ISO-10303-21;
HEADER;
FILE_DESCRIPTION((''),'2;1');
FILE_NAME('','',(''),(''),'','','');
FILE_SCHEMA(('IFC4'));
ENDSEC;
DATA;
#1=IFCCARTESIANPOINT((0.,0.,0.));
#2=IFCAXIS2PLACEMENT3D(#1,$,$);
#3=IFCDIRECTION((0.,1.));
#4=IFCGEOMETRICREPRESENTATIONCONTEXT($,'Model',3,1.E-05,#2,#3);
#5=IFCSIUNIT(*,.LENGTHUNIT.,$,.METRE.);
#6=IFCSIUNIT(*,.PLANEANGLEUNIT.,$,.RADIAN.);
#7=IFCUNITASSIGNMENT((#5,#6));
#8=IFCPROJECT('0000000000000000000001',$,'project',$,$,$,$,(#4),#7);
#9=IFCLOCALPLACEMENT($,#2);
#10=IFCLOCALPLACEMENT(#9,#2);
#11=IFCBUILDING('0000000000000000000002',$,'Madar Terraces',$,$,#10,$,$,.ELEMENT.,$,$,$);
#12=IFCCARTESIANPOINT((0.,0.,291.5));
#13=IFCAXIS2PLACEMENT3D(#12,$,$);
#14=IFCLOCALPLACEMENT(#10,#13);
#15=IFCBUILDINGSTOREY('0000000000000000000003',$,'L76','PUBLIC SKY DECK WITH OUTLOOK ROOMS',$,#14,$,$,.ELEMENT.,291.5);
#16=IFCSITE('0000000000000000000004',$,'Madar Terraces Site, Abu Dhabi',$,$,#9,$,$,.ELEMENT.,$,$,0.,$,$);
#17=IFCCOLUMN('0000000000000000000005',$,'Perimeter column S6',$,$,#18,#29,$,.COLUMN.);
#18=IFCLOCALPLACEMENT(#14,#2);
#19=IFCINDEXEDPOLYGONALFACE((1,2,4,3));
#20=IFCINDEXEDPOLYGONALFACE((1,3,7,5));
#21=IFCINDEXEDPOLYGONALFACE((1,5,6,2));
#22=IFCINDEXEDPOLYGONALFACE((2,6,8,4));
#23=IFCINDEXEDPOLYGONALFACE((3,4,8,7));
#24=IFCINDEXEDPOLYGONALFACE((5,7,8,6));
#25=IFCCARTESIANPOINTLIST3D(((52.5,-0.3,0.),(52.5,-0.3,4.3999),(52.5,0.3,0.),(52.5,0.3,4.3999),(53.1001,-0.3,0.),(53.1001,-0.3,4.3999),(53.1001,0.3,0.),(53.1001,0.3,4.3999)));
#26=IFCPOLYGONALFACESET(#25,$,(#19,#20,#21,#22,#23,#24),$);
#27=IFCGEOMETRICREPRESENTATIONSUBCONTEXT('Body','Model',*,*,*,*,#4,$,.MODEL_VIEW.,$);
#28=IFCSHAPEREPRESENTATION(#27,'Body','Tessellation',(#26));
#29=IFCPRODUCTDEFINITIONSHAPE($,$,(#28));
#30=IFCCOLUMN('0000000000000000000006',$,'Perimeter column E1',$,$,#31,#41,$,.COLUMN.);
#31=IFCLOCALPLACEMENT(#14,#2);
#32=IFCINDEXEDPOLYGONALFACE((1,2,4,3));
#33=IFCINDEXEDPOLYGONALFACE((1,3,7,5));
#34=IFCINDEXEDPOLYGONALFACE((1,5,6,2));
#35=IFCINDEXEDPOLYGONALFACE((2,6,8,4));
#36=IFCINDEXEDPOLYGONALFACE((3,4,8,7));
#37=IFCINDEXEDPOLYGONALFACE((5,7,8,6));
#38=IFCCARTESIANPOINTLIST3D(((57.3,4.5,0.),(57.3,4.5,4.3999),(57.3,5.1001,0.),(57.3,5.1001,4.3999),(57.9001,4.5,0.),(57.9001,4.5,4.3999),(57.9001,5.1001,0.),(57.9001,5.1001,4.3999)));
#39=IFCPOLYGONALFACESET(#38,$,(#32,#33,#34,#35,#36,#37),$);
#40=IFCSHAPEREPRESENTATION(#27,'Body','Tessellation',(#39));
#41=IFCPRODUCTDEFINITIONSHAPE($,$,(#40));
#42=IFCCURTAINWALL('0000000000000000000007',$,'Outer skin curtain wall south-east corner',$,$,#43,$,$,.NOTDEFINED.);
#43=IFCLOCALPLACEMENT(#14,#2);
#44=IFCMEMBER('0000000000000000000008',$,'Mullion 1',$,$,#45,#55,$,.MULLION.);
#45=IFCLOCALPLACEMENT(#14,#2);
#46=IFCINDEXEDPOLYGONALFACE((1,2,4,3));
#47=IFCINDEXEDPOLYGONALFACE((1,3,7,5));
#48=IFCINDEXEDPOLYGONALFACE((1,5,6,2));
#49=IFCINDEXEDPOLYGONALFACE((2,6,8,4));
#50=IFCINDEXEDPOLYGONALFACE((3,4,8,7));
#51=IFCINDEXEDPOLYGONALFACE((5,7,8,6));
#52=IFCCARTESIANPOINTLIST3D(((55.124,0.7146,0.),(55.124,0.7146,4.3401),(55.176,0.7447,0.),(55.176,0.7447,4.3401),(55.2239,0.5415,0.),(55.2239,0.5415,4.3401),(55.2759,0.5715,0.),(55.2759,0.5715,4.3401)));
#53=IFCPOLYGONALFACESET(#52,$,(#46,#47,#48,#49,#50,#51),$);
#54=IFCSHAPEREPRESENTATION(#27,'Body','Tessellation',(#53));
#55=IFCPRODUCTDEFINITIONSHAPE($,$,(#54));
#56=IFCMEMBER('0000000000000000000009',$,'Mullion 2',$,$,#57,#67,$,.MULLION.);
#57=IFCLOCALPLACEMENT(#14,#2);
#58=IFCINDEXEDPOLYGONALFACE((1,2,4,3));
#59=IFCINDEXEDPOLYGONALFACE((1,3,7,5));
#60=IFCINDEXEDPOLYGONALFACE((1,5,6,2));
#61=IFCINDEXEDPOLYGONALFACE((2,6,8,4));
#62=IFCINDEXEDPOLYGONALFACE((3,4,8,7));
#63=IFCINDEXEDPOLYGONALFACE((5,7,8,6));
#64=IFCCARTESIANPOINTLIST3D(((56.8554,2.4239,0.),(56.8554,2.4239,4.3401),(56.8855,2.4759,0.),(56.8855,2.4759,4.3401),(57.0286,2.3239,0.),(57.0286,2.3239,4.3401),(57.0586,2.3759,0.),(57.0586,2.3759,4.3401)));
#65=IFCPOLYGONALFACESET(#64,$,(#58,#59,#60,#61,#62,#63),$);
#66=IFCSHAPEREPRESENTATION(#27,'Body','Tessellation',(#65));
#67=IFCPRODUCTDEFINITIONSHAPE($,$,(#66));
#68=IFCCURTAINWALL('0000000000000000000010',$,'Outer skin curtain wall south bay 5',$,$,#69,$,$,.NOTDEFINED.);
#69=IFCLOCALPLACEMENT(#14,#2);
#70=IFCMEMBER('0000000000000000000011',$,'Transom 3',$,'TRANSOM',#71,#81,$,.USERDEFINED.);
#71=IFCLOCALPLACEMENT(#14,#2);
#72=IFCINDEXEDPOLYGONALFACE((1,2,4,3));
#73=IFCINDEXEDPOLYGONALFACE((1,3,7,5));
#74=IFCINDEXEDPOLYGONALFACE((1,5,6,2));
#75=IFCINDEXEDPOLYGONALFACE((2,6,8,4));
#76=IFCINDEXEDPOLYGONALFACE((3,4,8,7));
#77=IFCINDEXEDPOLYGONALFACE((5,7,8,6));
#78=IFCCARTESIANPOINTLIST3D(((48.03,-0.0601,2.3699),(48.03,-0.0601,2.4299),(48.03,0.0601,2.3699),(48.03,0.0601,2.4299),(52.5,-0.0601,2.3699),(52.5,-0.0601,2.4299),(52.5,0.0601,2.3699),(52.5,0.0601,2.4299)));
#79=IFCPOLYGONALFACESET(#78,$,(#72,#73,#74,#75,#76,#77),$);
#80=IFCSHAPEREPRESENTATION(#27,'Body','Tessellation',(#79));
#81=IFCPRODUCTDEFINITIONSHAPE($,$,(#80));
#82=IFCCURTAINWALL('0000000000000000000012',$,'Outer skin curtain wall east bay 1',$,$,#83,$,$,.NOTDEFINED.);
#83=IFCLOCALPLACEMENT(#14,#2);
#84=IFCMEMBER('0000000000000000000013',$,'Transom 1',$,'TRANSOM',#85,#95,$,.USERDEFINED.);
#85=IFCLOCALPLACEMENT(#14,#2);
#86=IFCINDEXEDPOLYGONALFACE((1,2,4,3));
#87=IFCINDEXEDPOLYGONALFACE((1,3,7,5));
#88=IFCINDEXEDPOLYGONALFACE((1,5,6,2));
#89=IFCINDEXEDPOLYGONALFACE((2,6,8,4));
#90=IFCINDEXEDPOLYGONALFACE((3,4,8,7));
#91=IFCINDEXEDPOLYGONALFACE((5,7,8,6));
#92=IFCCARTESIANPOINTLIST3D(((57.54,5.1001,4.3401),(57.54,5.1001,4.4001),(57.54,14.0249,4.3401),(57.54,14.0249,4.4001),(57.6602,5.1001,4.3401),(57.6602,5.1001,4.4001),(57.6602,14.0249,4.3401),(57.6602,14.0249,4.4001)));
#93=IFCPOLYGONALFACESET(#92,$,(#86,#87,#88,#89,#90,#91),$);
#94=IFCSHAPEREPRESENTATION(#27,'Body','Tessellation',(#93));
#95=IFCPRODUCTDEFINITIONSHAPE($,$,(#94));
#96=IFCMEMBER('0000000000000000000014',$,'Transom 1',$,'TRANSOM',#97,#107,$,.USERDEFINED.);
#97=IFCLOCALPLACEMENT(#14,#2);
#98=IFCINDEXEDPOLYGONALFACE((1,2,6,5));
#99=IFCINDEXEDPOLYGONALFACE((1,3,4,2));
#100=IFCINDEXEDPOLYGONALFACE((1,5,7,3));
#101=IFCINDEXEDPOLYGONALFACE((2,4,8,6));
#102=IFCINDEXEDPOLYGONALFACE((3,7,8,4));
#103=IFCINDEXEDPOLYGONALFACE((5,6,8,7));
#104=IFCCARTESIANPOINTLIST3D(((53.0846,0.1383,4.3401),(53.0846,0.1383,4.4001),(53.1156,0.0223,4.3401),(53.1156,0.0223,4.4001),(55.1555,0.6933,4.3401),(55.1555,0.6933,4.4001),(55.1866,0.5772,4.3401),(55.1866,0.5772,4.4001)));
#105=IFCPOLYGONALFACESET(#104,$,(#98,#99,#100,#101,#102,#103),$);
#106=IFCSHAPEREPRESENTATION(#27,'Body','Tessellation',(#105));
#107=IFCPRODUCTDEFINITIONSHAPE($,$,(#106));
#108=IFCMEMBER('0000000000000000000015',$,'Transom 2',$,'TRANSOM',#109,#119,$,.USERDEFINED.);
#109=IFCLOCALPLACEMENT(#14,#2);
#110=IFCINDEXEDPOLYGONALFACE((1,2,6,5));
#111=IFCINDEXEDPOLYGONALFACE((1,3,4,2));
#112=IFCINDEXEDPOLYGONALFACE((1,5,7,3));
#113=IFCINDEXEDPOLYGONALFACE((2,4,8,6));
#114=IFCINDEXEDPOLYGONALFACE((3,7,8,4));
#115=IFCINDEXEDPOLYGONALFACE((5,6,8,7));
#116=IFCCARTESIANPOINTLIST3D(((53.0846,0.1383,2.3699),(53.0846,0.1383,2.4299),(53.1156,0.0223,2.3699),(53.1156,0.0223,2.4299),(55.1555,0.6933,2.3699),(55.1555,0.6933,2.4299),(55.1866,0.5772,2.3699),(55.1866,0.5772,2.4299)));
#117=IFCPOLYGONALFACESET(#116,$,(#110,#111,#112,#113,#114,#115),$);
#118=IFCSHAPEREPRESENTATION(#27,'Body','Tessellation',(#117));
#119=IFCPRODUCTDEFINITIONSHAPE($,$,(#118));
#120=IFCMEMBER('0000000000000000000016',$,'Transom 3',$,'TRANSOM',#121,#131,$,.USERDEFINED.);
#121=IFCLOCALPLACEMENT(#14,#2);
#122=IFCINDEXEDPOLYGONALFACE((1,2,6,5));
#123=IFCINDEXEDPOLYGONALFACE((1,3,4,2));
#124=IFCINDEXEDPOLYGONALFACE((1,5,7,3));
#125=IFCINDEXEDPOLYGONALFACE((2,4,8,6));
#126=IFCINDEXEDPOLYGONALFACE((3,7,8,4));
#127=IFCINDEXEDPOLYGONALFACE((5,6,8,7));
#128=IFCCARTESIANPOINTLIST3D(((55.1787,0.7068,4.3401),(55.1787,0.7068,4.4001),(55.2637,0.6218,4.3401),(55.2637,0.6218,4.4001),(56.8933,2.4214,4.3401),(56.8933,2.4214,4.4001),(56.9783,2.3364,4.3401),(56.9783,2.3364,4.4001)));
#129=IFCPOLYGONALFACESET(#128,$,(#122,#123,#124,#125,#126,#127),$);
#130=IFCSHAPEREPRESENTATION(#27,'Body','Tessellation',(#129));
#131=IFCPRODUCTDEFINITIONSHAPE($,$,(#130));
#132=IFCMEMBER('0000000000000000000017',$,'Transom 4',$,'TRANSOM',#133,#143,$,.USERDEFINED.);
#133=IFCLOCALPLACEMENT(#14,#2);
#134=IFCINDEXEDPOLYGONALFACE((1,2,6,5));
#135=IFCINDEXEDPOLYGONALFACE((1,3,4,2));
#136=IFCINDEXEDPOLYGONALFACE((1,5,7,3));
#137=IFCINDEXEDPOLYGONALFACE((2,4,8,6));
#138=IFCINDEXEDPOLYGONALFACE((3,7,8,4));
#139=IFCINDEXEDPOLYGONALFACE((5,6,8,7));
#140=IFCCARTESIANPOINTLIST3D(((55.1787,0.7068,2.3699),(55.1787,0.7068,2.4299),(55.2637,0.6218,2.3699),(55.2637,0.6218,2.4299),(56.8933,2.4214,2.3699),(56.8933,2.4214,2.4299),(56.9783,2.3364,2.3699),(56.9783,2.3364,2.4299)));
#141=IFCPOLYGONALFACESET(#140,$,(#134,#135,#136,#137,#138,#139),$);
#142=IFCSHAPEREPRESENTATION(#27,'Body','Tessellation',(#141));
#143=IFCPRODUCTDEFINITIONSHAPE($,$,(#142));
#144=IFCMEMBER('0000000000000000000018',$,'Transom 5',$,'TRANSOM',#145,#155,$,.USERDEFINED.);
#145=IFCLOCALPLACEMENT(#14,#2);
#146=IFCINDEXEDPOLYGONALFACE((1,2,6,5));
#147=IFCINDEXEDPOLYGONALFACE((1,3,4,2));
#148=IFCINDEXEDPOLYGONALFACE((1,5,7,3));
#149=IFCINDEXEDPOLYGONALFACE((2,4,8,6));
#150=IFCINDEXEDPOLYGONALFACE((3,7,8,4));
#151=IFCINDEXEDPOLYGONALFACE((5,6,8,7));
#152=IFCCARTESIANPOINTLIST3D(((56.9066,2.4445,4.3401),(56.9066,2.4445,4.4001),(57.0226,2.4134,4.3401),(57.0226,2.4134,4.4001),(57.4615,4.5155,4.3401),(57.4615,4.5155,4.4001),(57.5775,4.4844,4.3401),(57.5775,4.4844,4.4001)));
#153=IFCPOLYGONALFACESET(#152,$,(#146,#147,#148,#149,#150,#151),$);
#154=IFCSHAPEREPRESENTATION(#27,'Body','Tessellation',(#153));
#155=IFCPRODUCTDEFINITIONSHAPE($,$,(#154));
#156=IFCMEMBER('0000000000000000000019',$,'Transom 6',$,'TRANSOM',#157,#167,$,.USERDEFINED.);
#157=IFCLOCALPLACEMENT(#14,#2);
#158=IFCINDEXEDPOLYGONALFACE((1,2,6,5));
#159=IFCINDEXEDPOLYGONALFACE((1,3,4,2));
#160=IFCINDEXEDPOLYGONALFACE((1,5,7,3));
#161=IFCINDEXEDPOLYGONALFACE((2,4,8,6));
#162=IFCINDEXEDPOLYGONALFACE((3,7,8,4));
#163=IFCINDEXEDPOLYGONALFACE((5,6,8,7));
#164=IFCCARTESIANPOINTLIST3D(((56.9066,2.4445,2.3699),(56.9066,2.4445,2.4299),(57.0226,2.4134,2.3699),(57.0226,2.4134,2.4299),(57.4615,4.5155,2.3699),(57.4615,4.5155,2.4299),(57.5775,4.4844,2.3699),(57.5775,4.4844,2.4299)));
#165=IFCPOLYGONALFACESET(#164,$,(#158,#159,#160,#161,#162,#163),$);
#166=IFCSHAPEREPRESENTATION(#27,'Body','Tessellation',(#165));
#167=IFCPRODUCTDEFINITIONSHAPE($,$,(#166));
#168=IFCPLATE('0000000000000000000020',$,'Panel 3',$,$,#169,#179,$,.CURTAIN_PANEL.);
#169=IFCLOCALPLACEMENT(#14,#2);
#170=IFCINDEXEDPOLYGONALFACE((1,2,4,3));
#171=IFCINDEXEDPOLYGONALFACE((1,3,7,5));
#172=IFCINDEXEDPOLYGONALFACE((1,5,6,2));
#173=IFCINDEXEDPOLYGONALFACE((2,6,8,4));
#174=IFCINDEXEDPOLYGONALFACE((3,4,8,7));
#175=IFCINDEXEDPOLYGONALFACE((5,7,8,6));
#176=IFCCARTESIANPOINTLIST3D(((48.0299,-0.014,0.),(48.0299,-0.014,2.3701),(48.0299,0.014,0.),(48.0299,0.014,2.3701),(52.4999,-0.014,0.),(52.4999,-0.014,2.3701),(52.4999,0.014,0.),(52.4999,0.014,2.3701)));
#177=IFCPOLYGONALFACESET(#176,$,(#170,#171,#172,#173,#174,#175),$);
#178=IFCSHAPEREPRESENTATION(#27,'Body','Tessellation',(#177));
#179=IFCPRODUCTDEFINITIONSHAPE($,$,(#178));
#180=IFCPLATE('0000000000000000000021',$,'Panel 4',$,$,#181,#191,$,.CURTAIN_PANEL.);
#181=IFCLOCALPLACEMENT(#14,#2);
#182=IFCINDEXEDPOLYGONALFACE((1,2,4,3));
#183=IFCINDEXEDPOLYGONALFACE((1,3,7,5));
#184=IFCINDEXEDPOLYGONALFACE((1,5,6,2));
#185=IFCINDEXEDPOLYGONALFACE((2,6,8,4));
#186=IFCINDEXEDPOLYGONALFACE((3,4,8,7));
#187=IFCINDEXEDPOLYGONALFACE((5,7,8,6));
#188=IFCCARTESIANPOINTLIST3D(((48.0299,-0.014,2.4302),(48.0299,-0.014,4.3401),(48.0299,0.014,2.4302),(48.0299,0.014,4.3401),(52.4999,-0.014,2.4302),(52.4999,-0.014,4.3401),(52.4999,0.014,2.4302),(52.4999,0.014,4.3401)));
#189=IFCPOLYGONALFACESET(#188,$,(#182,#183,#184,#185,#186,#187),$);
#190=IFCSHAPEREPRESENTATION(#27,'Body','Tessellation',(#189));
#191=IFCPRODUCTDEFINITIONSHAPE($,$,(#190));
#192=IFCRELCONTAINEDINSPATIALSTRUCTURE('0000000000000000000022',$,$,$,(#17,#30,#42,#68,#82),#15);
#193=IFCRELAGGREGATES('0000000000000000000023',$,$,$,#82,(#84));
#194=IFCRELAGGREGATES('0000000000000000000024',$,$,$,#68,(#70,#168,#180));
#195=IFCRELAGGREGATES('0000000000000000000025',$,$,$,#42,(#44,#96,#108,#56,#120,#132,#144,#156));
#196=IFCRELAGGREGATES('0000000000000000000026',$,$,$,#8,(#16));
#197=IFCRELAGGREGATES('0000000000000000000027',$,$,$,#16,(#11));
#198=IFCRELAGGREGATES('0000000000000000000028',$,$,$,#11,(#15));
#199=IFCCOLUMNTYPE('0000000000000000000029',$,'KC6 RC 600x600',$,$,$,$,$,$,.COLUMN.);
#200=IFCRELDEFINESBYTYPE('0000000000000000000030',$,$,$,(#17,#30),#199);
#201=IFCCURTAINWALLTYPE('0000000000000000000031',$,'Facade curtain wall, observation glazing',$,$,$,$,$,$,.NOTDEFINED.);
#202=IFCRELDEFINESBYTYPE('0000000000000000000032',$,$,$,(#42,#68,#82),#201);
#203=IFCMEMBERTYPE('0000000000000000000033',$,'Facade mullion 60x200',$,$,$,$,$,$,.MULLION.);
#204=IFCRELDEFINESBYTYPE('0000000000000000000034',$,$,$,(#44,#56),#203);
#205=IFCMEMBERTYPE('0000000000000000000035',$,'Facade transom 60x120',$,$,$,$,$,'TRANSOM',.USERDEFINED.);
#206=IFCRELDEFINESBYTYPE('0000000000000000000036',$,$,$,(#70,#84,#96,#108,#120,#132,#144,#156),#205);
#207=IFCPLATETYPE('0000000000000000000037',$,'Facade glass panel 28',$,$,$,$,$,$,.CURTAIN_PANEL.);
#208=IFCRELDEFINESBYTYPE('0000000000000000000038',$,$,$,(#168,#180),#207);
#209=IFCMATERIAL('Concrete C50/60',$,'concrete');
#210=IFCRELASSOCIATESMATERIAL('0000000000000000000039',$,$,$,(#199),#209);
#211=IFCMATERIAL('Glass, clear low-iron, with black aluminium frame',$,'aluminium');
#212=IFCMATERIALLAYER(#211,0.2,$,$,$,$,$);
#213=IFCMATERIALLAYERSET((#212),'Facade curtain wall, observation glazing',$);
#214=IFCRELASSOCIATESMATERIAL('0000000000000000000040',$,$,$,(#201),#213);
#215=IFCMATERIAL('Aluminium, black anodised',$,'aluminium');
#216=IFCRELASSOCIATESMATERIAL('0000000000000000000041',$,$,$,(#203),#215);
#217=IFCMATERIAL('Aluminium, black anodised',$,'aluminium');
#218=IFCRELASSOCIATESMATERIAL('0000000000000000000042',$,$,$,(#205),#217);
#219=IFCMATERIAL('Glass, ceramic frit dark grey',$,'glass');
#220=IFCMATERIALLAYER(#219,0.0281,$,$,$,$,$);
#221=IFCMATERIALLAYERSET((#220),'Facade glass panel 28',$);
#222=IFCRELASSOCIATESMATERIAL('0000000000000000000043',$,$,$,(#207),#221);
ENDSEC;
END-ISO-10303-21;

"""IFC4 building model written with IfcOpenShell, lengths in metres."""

from ifc_helpers import new_model, si_unit, direction, frame, origin, origin_2d, place, context, subcontext, project, spatial, rectangle, extrude, material, layer, layer_set, material_profile, profile_set, type_object, element, aggregate, save


model = new_model("IFC4")

# Units and contexts
model_context = context("Model", 3, precision=1e-05, world=origin(), true_north=direction((0.0, 1.0)))
body_context = subcontext(model_context, "Body", "Model", "MODEL_VIEW")
ifc_project = project(units=[si_unit("LENGTHUNIT", "METRE"), si_unit("PLANEANGLEUNIT", "RADIAN")], contexts=[model_context])

# Site, building, storey
site_placement = place(None, origin())
site = spatial("IfcSite", under=ifc_project, at=site_placement, Name="Madar Terraces Site, Abu Dhabi", CompositionType="ELEMENT", RefElevation=0.0)
building_placement = place(site_placement, origin())
building = spatial("IfcBuilding", under=site, at=building_placement, Name="Madar Terraces", CompositionType="ELEMENT")
storey_placement = place(building_placement, frame((0.0, 0.0, 291.5)))
storey = spatial("IfcBuildingStorey", under=building, at=storey_placement, Name="L76", Description="PUBLIC SKY DECK WITH OUTLOOK ROOMS", CompositionType="ELEMENT", Elevation=291.5)

# Columns
ifc_material_1 = material(Name="Concrete C50/60", Category="concrete")
ifc_material_profile_1 = material_profile(ifc_material_1, rectangle(XDim=0.6001, YDim=0.6001, at=origin_2d()), Name="KC6 RC 600x600")
ifc_profile_set_1 = profile_set([ifc_material_profile_1], Name="Concrete C50/60")
column_type = type_object("IfcColumnType", Name="KC6 RC 600x600", PredefinedType="COLUMN", material=ifc_profile_set_1)
for number, where, z_axis, x_axis, name in (
    (1, (52.8, 0.0, 0.0), (0.0, 0.0, 1.0), (1.0, 0.0, 0.0), "Perimeter column S6"),
    (2, (57.6001, 4.8, 0.0), (0.0, 0.0, 1.0), (1.0, 0.0, 0.0), "Perimeter column E1"),
):
    element("IfcColumn", number, at=place(storey_placement, frame(where, z_axis=z_axis, x_axis=x_axis)), inside=storey, type_object=column_type, Name=name, PredefinedType="COLUMN", context=body_context, shape_type="SweptSolid", body=[
        extrude(rectangle(XDim=0.6001, YDim=0.6001, at=origin_2d()), origin(), (0.0, 0.0, 1.0), 4.3999),
    ])

# Curtain wall, members
ifc_material_2 = material(Name="Glass, clear low-iron, with black aluminium frame", Category="aluminium")
ifc_layer_1 = layer(ifc_material_2, 0.2)
ifc_layer_set_1 = layer_set([ifc_layer_1], Name="Facade curtain wall, observation glazing")
curtain_wall_type = type_object("IfcCurtainWallType", Name="Facade curtain wall, observation glazing", PredefinedType="NOTDEFINED", material=ifc_layer_set_1)
curtain_wall_1_placement = place(storey_placement, origin())
curtain_wall_1 = element("IfcCurtainWall", 3, at=curtain_wall_1_placement, inside=storey, type_object=curtain_wall_type, Name="Outer skin curtain wall south-east corner", PredefinedType="NOTDEFINED")
ifc_material_3 = material(Name="Aluminium, black anodised", Category="aluminium")
ifc_material_profile_2 = material_profile(ifc_material_3, rectangle(XDim=0.2, YDim=0.0601, at=origin_2d()), Name="Facade mullion 60x200")
ifc_profile_set_2 = profile_set([ifc_material_profile_2], Name="Aluminium, black anodised")
member_type_1 = type_object("IfcMemberType", Name="Facade mullion 60x200", PredefinedType="MULLION", material=ifc_profile_set_2)
member_1_placement = place(storey_placement, frame((55.2, 0.6431, 0.0), z_axis=(0.0, 0.0, 1.0), x_axis=(-0.5, 0.866025, 0.0)))
member_1 = element("IfcMember", 4, at=member_1_placement, type_object=member_type_1, Name="Mullion 1", PredefinedType="MULLION", context=body_context, shape_type="SweptSolid", body=[
    extrude(rectangle(XDim=0.2, YDim=0.0601, at=origin_2d()), origin(), (0.0, 0.0, 1.0), 4.3401),
])
member_2_placement = place(storey_placement, frame((56.957, 2.3999, 0.0), z_axis=(0.0, 0.0, 1.0), x_axis=(-0.866025, 0.5, 0.0)))
member_2 = element("IfcMember", 5, at=member_2_placement, type_object=member_type_1, Name="Mullion 2", PredefinedType="MULLION", context=body_context, shape_type="SweptSolid", body=[
    extrude(rectangle(XDim=0.2, YDim=0.0601, at=origin_2d()), origin(), (0.0, 0.0, 1.0), 4.3401),
])

# Curtain walls, members
curtain_wall_2_placement = place(storey_placement, origin())
curtain_wall_2 = element("IfcCurtainWall", 6, at=curtain_wall_2_placement, inside=storey, type_object=curtain_wall_type, Name="Outer skin curtain wall south bay 5", PredefinedType="NOTDEFINED")
ifc_material_4 = material(Name="Aluminium, black anodised", Category="aluminium")
ifc_material_profile_3 = material_profile(ifc_material_4, rectangle(XDim=0.1201, YDim=0.0601, at=origin_2d()), Name="Facade transom 60x120")
ifc_profile_set_3 = profile_set([ifc_material_profile_3], Name="Aluminium, black anodised")
member_type_2 = type_object("IfcMemberType", Name="Facade transom 60x120", ElementType="TRANSOM", PredefinedType="USERDEFINED", material=ifc_profile_set_3)
member_3_placement = place(storey_placement, frame((48.03, 0.0, 2.3999), z_axis=(1.0, 0.0, 0.0), x_axis=(0.0, 1.0, 0.0)))
member_3 = element("IfcMember", 7, at=member_3_placement, type_object=member_type_2, Name="Transom 3", ObjectType="TRANSOM", PredefinedType="USERDEFINED", context=body_context, shape_type="SweptSolid", body=[
    extrude(rectangle(XDim=0.1201, YDim=0.0601, at=origin_2d()), origin(), (0.0, 0.0, 1.0), 4.47),
])
curtain_wall_3_placement = place(storey_placement, origin())
curtain_wall_3 = element("IfcCurtainWall", 8, at=curtain_wall_3_placement, inside=storey, type_object=curtain_wall_type, Name="Outer skin curtain wall east bay 1", PredefinedType="NOTDEFINED")
member_4_placement = place(storey_placement, frame((57.6001, 5.1001, 4.3701), z_axis=(0.0, 1.0, 0.0), x_axis=(-1.0, 0.0, 0.0)))
member_4 = element("IfcMember", 9, at=member_4_placement, type_object=member_type_2, Name="Transom 1", ObjectType="TRANSOM", PredefinedType="USERDEFINED", context=body_context, shape_type="SweptSolid", body=[
    extrude(rectangle(XDim=0.1201, YDim=0.0601, at=origin_2d()), origin(), (0.0, 0.0, 1.0), 8.9248),
])
aggregate(curtain_wall_3, [member_4])

# Members
member_5_placement = place(storey_placement, frame((53.1001, 0.0803, 4.3701), z_axis=(0.965926, 0.258818, 0.0), x_axis=(-0.258818, 0.965926, 0.0)))
member_5 = element("IfcMember", 10, at=member_5_placement, type_object=member_type_2, Name="Transom 1", ObjectType="TRANSOM", PredefinedType="USERDEFINED", context=body_context, shape_type="SweptSolid", body=[
    extrude(rectangle(XDim=0.1201, YDim=0.0601, at=origin_2d()), origin(), (0.0, 0.0, 1.0), 2.144),
])
member_6_placement = place(storey_placement, frame((53.1001, 0.0803, 2.3999), z_axis=(0.965926, 0.258818, 0.0), x_axis=(-0.258818, 0.965926, 0.0)))
member_6 = element("IfcMember", 11, at=member_6_placement, type_object=member_type_2, Name="Transom 2", ObjectType="TRANSOM", PredefinedType="USERDEFINED", context=body_context, shape_type="SweptSolid", body=[
    extrude(rectangle(XDim=0.1201, YDim=0.0601, at=origin_2d()), origin(), (0.0, 0.0, 1.0), 2.144),
])
member_7_placement = place(storey_placement, frame((55.2212, 0.6643, 4.3701), z_axis=(0.707107, 0.707107, 0.0), x_axis=(-0.707107, 0.707107, 0.0)))
member_7 = element("IfcMember", 12, at=member_7_placement, type_object=member_type_2, Name="Transom 3", ObjectType="TRANSOM", PredefinedType="USERDEFINED", context=body_context, shape_type="SweptSolid", body=[
    extrude(rectangle(XDim=0.1201, YDim=0.0601, at=origin_2d()), origin(), (0.0, 0.0, 1.0), 2.4248),
])
member_8_placement = place(storey_placement, frame((55.2212, 0.6643, 2.3999), z_axis=(0.707107, 0.707107, 0.0), x_axis=(-0.707107, 0.707107, 0.0)))
member_8 = element("IfcMember", 13, at=member_8_placement, type_object=member_type_2, Name="Transom 4", ObjectType="TRANSOM", PredefinedType="USERDEFINED", context=body_context, shape_type="SweptSolid", body=[
    extrude(rectangle(XDim=0.1201, YDim=0.0601, at=origin_2d()), origin(), (0.0, 0.0, 1.0), 2.4248),
])
member_9_placement = place(storey_placement, frame((56.9646, 2.429, 4.3701), z_axis=(0.258818, 0.965926, 0.0), x_axis=(-0.965926, 0.258818, 0.0)))
member_9 = element("IfcMember", 14, at=member_9_placement, type_object=member_type_2, Name="Transom 5", ObjectType="TRANSOM", PredefinedType="USERDEFINED", context=body_context, shape_type="SweptSolid", body=[
    extrude(rectangle(XDim=0.1201, YDim=0.0601, at=origin_2d()), origin(), (0.0, 0.0, 1.0), 2.144),
])
member_10_placement = place(storey_placement, frame((56.9646, 2.429, 2.3999), z_axis=(0.258818, 0.965926, 0.0), x_axis=(-0.965926, 0.258818, 0.0)))
member_10 = element("IfcMember", 15, at=member_10_placement, type_object=member_type_2, Name="Transom 6", ObjectType="TRANSOM", PredefinedType="USERDEFINED", context=body_context, shape_type="SweptSolid", body=[
    extrude(rectangle(XDim=0.1201, YDim=0.0601, at=origin_2d()), origin(), (0.0, 0.0, 1.0), 2.144),
])

# Plates
ifc_material_5 = material(Name="Glass, ceramic frit dark grey", Category="glass")
ifc_layer_2 = layer(ifc_material_5, 0.0281)
ifc_layer_set_2 = layer_set([ifc_layer_2], Name="Facade glass panel 28")
plate_type = type_object("IfcPlateType", Name="Facade glass panel 28", PredefinedType="CURTAIN_PANEL", material=ifc_layer_set_2)
plate_1_placement = place(storey_placement, frame((50.2649, 0.0, 0.0), z_axis=(0.0, 0.0, 1.0), x_axis=(1.0, 0.0, 0.0)))
plate_1 = element("IfcPlate", 16, at=plate_1_placement, type_object=plate_type, Name="Panel 3", PredefinedType="CURTAIN_PANEL", context=body_context, shape_type="SweptSolid", body=[
    extrude(rectangle(XDim=4.47, YDim=0.0281, at=origin_2d()), origin(), (0.0, 0.0, 1.0), 2.3701),
])
plate_2_placement = place(storey_placement, frame((50.2649, 0.0, 2.4302), z_axis=(0.0, 0.0, 1.0), x_axis=(1.0, 0.0, 0.0)))
plate_2 = element("IfcPlate", 17, at=plate_2_placement, type_object=plate_type, Name="Panel 4", PredefinedType="CURTAIN_PANEL", context=body_context, shape_type="SweptSolid", body=[
    extrude(rectangle(XDim=4.47, YDim=0.0281, at=origin_2d()), origin(), (0.0, 0.0, 1.0), 1.9099),
])
aggregate(curtain_wall_2, [member_3, plate_1, plate_2])
aggregate(curtain_wall_1, [member_1, member_5, member_6, member_2, member_7, member_8, member_9, member_10])

save(model, "model.ifc")
